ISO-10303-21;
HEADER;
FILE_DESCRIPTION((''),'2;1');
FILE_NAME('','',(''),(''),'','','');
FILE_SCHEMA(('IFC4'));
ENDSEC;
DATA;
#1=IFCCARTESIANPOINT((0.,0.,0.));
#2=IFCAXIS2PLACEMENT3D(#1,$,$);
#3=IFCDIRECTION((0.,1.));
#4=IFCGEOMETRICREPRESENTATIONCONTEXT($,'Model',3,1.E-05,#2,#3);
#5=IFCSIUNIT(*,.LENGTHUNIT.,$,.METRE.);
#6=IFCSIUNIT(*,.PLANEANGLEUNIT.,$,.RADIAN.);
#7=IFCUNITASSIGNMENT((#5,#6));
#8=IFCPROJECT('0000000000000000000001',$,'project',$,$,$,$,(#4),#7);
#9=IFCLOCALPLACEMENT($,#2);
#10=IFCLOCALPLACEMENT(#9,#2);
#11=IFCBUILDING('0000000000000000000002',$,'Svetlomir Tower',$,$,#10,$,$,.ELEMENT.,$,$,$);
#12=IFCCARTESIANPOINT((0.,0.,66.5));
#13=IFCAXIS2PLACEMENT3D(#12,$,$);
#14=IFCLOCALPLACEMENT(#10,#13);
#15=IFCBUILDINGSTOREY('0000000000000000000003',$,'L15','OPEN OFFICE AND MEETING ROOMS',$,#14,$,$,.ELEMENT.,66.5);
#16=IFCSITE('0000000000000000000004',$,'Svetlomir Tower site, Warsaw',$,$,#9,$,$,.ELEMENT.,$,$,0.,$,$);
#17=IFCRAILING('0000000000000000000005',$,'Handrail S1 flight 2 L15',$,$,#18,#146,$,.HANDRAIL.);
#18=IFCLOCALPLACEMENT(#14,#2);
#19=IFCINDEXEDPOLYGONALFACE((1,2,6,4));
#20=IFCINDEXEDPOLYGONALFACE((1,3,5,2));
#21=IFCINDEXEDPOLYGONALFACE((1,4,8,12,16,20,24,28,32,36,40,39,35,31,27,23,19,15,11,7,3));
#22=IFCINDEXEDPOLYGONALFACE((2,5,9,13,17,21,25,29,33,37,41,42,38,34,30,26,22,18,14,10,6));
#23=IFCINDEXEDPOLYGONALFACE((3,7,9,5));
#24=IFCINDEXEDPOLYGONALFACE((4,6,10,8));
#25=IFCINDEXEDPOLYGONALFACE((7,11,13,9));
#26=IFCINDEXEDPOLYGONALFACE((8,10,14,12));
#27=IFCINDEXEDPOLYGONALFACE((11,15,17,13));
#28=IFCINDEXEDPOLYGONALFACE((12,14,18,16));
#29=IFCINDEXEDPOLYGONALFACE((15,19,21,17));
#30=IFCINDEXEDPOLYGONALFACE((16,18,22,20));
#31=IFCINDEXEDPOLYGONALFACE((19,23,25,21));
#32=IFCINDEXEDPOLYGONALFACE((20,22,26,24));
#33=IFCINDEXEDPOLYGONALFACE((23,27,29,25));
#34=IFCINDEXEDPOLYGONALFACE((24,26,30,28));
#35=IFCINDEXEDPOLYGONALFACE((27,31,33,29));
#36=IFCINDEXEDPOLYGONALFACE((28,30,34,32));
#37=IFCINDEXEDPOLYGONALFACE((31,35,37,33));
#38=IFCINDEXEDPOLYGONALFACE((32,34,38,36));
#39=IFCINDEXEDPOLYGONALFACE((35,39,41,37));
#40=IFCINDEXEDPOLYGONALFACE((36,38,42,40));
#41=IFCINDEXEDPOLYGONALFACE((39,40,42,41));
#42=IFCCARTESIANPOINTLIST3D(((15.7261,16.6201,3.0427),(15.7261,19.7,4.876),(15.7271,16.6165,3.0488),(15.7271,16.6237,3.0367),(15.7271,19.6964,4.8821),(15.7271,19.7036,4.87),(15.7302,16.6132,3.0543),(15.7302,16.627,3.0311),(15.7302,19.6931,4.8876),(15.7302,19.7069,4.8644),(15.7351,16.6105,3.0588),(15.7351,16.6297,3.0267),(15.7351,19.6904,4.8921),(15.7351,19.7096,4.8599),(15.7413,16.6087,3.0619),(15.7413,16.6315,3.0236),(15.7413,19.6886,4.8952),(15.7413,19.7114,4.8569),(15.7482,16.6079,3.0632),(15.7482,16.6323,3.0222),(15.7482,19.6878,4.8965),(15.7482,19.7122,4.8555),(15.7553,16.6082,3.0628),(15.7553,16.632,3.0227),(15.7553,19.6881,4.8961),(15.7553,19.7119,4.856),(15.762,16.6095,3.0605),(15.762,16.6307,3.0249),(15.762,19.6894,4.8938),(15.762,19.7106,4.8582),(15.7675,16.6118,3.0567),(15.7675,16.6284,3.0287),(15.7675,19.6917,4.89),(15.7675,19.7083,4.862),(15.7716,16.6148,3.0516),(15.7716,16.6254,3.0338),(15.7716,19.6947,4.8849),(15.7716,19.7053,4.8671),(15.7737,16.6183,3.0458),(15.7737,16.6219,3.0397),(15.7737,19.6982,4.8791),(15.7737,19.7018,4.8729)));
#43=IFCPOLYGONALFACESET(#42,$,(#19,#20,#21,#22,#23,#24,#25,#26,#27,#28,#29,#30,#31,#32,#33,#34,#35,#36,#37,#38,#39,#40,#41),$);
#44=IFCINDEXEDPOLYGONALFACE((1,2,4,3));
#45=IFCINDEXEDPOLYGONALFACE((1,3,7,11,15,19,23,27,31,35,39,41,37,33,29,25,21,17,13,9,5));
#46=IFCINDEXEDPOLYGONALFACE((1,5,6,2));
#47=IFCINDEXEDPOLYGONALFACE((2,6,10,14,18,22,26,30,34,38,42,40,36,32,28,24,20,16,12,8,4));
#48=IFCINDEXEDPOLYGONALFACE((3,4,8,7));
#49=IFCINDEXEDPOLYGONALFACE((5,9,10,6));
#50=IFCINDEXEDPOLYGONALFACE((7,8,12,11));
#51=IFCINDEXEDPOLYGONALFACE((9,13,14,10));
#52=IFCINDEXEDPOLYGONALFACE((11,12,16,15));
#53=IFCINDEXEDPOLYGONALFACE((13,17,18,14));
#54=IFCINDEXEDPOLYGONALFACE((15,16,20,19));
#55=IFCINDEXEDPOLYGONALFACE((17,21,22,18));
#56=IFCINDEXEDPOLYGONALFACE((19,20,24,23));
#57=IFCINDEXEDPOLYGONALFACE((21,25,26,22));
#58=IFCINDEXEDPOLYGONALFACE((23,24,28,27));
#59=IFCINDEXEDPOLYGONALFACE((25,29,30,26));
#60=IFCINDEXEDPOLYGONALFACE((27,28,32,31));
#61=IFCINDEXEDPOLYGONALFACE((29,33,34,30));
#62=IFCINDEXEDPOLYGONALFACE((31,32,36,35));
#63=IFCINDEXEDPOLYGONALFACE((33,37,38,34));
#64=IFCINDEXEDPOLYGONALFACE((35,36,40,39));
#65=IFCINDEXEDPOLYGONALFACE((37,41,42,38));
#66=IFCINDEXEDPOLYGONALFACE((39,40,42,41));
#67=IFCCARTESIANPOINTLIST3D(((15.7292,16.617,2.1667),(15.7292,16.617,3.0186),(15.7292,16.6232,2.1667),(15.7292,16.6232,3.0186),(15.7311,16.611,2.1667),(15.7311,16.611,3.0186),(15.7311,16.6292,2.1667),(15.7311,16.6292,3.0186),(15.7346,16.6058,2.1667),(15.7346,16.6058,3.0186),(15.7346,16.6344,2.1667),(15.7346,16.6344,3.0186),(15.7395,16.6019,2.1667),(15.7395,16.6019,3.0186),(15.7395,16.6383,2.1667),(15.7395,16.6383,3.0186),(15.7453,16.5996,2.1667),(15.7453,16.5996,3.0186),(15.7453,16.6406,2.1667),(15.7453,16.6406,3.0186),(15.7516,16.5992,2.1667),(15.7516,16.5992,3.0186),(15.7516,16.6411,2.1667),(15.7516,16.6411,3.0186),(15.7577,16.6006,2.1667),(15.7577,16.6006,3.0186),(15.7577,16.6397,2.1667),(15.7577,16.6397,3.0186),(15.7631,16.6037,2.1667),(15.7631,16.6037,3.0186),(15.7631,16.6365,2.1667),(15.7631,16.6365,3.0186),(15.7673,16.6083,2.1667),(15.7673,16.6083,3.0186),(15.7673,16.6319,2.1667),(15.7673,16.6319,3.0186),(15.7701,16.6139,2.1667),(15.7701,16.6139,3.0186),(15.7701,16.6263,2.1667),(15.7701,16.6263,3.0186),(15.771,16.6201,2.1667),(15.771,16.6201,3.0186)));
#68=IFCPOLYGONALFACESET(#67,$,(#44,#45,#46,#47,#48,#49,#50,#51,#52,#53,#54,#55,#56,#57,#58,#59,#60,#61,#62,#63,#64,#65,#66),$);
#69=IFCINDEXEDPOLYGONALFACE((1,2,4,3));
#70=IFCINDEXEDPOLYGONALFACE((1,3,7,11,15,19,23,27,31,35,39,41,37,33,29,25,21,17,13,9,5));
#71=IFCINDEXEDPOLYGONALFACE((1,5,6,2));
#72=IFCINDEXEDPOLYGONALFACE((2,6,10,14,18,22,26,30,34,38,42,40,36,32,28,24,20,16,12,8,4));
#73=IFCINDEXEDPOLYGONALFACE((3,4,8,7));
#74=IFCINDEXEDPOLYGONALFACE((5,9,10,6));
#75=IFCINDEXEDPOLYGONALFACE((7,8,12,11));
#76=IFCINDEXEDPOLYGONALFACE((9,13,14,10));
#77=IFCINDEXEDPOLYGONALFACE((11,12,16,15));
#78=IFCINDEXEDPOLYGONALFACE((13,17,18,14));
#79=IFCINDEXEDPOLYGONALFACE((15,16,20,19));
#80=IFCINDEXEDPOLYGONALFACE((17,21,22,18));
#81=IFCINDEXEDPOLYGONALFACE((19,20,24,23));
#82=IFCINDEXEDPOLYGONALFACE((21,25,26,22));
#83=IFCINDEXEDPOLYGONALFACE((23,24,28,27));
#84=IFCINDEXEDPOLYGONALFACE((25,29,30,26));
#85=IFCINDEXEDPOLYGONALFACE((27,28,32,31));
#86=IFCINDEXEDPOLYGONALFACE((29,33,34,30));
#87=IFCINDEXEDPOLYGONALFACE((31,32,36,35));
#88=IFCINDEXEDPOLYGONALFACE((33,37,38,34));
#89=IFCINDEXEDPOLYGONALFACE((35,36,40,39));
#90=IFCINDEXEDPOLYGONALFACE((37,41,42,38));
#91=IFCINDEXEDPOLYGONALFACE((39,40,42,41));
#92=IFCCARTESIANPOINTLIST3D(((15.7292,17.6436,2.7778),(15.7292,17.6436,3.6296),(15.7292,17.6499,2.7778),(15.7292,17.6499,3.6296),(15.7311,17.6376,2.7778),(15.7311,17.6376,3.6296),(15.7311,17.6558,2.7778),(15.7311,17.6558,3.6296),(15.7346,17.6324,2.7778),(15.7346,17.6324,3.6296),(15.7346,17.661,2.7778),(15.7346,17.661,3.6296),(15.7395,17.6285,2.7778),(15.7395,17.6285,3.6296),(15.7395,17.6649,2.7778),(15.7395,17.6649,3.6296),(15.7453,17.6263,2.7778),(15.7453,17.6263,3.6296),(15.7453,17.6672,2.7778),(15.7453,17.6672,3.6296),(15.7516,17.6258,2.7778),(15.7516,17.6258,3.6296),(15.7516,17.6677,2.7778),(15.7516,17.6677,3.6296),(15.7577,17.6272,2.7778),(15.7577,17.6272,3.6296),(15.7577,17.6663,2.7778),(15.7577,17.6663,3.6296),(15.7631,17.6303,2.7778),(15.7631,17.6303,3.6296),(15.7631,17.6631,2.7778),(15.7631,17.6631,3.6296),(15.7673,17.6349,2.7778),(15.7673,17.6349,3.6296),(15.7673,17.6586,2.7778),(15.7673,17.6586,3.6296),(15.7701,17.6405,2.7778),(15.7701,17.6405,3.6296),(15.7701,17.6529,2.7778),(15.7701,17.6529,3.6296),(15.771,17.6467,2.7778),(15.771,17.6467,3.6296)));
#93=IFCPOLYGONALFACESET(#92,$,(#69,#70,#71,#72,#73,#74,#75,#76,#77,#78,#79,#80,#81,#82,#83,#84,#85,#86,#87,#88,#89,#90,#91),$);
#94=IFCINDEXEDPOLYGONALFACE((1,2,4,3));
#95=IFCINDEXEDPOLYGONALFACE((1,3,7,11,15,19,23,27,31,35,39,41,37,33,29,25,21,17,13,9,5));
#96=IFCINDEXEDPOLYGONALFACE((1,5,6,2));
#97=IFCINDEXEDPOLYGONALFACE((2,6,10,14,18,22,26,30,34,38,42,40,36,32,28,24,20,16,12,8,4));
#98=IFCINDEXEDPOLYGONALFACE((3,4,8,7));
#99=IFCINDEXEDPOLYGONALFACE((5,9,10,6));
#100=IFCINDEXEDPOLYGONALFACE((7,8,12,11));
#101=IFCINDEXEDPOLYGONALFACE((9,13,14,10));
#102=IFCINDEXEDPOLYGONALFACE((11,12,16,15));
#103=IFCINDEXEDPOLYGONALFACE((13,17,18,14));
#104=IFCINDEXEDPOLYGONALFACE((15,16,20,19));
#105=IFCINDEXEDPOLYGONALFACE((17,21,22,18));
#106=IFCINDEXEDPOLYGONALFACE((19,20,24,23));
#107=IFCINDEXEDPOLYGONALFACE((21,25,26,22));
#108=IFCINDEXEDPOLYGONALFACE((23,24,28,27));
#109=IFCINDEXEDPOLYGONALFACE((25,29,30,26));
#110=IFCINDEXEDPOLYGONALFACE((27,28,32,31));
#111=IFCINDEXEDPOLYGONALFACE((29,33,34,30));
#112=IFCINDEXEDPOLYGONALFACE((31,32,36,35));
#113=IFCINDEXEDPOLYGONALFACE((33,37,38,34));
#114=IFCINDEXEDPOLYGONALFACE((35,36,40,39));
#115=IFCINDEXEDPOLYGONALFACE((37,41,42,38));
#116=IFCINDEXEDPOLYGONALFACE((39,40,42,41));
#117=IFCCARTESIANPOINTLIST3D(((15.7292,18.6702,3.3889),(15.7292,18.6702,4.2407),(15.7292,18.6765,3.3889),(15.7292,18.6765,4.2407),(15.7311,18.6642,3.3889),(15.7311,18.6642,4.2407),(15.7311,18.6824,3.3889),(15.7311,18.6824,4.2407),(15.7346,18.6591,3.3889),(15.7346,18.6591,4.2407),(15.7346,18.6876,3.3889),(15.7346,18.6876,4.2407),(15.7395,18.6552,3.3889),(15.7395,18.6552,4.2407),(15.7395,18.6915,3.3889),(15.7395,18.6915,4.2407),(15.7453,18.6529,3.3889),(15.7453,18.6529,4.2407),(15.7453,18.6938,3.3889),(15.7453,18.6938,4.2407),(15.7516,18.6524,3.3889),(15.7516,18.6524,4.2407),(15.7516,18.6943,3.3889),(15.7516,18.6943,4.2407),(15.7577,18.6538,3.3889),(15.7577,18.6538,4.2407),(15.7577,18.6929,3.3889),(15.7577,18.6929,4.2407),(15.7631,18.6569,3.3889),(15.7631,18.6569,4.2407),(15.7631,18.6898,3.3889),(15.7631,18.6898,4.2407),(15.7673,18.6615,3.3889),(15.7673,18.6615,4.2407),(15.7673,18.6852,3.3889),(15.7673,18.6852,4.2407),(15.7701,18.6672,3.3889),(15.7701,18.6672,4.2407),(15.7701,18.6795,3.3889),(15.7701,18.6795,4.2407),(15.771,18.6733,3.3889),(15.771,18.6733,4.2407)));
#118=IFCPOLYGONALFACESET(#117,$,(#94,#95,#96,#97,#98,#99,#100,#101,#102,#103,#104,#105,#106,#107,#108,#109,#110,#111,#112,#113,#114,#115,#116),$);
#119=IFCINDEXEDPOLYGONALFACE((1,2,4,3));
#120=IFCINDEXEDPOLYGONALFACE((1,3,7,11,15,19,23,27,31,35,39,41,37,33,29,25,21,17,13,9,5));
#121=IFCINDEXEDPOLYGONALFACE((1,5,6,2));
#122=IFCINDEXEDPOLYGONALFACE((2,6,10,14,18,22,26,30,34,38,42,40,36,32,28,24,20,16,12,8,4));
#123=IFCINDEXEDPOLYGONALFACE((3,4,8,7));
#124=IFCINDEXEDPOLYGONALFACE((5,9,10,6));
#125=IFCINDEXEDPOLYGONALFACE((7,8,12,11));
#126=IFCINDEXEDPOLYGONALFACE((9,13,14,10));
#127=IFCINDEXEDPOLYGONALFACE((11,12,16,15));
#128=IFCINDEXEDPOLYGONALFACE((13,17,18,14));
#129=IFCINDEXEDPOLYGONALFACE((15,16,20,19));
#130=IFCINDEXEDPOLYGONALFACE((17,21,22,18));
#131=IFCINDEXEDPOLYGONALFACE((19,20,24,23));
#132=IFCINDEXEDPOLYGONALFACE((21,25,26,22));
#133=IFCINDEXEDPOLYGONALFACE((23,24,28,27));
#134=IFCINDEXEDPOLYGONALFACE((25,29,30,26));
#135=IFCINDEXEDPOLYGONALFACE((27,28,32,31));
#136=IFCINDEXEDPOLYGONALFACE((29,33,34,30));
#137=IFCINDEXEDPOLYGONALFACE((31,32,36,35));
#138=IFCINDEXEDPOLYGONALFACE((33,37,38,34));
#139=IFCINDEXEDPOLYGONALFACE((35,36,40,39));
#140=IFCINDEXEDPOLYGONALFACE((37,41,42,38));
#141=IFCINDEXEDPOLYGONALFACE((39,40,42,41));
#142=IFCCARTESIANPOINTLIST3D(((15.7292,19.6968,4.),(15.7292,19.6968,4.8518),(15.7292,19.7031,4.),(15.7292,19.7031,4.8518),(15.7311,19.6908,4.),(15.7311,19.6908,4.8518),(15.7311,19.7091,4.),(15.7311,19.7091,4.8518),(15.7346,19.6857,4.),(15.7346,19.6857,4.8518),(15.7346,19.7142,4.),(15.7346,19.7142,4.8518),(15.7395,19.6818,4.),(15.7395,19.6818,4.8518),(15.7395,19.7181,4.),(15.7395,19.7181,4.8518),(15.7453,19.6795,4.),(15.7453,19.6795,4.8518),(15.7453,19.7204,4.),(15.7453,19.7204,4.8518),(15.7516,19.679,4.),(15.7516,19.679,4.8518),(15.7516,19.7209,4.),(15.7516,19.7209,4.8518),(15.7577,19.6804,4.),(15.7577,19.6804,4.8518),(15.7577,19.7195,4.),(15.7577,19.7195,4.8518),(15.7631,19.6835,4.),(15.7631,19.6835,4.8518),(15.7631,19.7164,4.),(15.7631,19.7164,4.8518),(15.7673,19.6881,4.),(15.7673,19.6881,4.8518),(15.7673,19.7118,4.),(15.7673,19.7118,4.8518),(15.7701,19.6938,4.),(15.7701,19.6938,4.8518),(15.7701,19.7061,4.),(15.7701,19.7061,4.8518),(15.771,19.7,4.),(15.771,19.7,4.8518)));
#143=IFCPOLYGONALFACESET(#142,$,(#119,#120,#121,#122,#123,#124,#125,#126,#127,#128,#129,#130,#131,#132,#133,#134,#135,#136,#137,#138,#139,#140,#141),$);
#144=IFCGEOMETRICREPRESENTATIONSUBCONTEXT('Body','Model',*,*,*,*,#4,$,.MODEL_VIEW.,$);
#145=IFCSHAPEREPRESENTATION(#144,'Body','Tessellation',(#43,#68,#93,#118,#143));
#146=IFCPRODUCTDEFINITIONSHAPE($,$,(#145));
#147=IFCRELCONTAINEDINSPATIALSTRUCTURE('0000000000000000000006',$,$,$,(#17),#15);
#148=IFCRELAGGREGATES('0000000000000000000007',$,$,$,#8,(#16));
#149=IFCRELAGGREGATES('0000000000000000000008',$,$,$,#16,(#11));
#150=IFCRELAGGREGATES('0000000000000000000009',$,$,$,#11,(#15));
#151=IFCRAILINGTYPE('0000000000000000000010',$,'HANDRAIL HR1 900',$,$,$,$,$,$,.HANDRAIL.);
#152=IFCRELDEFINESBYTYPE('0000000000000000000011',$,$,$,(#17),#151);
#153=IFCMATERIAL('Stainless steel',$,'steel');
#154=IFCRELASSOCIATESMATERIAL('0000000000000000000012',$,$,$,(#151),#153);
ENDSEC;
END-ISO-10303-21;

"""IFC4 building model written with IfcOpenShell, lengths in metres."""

from ifc_helpers import new_model, si_unit, direction, frame, origin, origin_2d, place, context, subcontext, project, spatial, circle, extrude, material, type_object, element, save


model = new_model("IFC4")

# Units and contexts
model_context = context("Model", 3, precision=1e-05, world=origin(), true_north=direction((0.0, 1.0)))
body_context = subcontext(model_context, "Body", "Model", "MODEL_VIEW")
ifc_project = project(units=[si_unit("LENGTHUNIT", "METRE"), si_unit("PLANEANGLEUNIT", "RADIAN")], contexts=[model_context])

# Site, building, storey
site_placement = place(None, origin())
site = spatial("IfcSite", under=ifc_project, at=site_placement, Name="Svetlomir Tower site, Warsaw", CompositionType="ELEMENT", RefElevation=0.0)
building_placement = place(site_placement, origin())
building = spatial("IfcBuilding", under=site, at=building_placement, Name="Svetlomir Tower", CompositionType="ELEMENT")
storey_placement = place(building_placement, frame((0.0, 0.0, 66.5)))
storey = spatial("IfcBuildingStorey", under=building, at=storey_placement, Name="L15", Description="OPEN OFFICE AND MEETING ROOMS", CompositionType="ELEMENT", Elevation=66.5)

# Railing
ifc_material_1 = material(Name="Stainless steel", Category="steel")
railing_type = type_object("IfcRailingType", Name="HANDRAIL HR1 900", PredefinedType="HANDRAIL", material=ifc_material_1)
railing_placement = place(storey_placement, frame((15.75, 16.6201, 2.1667)))
element("IfcRailing", 1, at=railing_placement, inside=storey, type_object=railing_type, Name="Handrail S1 flight 2 L15", PredefinedType="HANDRAIL", context=body_context, shape_type="SweptSolid", body=[
    extrude(circle(Radius=0.0239, at=origin_2d()), frame((0.0, 0.0, 0.876), z_axis=(0.0, 0.859291, 0.511487), x_axis=(-1.0, 0.0, 0.0)), (0.0, 0.0, 1.0), 3.5842),
    extrude(circle(Radius=0.021, at=origin_2d()), origin(), (0.0, 0.0, 1.0), 0.8518),
    extrude(circle(Radius=0.021, at=origin_2d()), frame((0.0, 1.0266, 0.6111)), (0.0, 0.0, 1.0), 0.8518),
    extrude(circle(Radius=0.021, at=origin_2d()), frame((0.0, 2.0532, 1.2222)), (0.0, 0.0, 1.0), 0.8518),
    extrude(circle(Radius=0.021, at=origin_2d()), frame((0.0, 3.0798, 1.8333)), (0.0, 0.0, 1.0), 0.8518),
])

save(model, "model.ifc")
